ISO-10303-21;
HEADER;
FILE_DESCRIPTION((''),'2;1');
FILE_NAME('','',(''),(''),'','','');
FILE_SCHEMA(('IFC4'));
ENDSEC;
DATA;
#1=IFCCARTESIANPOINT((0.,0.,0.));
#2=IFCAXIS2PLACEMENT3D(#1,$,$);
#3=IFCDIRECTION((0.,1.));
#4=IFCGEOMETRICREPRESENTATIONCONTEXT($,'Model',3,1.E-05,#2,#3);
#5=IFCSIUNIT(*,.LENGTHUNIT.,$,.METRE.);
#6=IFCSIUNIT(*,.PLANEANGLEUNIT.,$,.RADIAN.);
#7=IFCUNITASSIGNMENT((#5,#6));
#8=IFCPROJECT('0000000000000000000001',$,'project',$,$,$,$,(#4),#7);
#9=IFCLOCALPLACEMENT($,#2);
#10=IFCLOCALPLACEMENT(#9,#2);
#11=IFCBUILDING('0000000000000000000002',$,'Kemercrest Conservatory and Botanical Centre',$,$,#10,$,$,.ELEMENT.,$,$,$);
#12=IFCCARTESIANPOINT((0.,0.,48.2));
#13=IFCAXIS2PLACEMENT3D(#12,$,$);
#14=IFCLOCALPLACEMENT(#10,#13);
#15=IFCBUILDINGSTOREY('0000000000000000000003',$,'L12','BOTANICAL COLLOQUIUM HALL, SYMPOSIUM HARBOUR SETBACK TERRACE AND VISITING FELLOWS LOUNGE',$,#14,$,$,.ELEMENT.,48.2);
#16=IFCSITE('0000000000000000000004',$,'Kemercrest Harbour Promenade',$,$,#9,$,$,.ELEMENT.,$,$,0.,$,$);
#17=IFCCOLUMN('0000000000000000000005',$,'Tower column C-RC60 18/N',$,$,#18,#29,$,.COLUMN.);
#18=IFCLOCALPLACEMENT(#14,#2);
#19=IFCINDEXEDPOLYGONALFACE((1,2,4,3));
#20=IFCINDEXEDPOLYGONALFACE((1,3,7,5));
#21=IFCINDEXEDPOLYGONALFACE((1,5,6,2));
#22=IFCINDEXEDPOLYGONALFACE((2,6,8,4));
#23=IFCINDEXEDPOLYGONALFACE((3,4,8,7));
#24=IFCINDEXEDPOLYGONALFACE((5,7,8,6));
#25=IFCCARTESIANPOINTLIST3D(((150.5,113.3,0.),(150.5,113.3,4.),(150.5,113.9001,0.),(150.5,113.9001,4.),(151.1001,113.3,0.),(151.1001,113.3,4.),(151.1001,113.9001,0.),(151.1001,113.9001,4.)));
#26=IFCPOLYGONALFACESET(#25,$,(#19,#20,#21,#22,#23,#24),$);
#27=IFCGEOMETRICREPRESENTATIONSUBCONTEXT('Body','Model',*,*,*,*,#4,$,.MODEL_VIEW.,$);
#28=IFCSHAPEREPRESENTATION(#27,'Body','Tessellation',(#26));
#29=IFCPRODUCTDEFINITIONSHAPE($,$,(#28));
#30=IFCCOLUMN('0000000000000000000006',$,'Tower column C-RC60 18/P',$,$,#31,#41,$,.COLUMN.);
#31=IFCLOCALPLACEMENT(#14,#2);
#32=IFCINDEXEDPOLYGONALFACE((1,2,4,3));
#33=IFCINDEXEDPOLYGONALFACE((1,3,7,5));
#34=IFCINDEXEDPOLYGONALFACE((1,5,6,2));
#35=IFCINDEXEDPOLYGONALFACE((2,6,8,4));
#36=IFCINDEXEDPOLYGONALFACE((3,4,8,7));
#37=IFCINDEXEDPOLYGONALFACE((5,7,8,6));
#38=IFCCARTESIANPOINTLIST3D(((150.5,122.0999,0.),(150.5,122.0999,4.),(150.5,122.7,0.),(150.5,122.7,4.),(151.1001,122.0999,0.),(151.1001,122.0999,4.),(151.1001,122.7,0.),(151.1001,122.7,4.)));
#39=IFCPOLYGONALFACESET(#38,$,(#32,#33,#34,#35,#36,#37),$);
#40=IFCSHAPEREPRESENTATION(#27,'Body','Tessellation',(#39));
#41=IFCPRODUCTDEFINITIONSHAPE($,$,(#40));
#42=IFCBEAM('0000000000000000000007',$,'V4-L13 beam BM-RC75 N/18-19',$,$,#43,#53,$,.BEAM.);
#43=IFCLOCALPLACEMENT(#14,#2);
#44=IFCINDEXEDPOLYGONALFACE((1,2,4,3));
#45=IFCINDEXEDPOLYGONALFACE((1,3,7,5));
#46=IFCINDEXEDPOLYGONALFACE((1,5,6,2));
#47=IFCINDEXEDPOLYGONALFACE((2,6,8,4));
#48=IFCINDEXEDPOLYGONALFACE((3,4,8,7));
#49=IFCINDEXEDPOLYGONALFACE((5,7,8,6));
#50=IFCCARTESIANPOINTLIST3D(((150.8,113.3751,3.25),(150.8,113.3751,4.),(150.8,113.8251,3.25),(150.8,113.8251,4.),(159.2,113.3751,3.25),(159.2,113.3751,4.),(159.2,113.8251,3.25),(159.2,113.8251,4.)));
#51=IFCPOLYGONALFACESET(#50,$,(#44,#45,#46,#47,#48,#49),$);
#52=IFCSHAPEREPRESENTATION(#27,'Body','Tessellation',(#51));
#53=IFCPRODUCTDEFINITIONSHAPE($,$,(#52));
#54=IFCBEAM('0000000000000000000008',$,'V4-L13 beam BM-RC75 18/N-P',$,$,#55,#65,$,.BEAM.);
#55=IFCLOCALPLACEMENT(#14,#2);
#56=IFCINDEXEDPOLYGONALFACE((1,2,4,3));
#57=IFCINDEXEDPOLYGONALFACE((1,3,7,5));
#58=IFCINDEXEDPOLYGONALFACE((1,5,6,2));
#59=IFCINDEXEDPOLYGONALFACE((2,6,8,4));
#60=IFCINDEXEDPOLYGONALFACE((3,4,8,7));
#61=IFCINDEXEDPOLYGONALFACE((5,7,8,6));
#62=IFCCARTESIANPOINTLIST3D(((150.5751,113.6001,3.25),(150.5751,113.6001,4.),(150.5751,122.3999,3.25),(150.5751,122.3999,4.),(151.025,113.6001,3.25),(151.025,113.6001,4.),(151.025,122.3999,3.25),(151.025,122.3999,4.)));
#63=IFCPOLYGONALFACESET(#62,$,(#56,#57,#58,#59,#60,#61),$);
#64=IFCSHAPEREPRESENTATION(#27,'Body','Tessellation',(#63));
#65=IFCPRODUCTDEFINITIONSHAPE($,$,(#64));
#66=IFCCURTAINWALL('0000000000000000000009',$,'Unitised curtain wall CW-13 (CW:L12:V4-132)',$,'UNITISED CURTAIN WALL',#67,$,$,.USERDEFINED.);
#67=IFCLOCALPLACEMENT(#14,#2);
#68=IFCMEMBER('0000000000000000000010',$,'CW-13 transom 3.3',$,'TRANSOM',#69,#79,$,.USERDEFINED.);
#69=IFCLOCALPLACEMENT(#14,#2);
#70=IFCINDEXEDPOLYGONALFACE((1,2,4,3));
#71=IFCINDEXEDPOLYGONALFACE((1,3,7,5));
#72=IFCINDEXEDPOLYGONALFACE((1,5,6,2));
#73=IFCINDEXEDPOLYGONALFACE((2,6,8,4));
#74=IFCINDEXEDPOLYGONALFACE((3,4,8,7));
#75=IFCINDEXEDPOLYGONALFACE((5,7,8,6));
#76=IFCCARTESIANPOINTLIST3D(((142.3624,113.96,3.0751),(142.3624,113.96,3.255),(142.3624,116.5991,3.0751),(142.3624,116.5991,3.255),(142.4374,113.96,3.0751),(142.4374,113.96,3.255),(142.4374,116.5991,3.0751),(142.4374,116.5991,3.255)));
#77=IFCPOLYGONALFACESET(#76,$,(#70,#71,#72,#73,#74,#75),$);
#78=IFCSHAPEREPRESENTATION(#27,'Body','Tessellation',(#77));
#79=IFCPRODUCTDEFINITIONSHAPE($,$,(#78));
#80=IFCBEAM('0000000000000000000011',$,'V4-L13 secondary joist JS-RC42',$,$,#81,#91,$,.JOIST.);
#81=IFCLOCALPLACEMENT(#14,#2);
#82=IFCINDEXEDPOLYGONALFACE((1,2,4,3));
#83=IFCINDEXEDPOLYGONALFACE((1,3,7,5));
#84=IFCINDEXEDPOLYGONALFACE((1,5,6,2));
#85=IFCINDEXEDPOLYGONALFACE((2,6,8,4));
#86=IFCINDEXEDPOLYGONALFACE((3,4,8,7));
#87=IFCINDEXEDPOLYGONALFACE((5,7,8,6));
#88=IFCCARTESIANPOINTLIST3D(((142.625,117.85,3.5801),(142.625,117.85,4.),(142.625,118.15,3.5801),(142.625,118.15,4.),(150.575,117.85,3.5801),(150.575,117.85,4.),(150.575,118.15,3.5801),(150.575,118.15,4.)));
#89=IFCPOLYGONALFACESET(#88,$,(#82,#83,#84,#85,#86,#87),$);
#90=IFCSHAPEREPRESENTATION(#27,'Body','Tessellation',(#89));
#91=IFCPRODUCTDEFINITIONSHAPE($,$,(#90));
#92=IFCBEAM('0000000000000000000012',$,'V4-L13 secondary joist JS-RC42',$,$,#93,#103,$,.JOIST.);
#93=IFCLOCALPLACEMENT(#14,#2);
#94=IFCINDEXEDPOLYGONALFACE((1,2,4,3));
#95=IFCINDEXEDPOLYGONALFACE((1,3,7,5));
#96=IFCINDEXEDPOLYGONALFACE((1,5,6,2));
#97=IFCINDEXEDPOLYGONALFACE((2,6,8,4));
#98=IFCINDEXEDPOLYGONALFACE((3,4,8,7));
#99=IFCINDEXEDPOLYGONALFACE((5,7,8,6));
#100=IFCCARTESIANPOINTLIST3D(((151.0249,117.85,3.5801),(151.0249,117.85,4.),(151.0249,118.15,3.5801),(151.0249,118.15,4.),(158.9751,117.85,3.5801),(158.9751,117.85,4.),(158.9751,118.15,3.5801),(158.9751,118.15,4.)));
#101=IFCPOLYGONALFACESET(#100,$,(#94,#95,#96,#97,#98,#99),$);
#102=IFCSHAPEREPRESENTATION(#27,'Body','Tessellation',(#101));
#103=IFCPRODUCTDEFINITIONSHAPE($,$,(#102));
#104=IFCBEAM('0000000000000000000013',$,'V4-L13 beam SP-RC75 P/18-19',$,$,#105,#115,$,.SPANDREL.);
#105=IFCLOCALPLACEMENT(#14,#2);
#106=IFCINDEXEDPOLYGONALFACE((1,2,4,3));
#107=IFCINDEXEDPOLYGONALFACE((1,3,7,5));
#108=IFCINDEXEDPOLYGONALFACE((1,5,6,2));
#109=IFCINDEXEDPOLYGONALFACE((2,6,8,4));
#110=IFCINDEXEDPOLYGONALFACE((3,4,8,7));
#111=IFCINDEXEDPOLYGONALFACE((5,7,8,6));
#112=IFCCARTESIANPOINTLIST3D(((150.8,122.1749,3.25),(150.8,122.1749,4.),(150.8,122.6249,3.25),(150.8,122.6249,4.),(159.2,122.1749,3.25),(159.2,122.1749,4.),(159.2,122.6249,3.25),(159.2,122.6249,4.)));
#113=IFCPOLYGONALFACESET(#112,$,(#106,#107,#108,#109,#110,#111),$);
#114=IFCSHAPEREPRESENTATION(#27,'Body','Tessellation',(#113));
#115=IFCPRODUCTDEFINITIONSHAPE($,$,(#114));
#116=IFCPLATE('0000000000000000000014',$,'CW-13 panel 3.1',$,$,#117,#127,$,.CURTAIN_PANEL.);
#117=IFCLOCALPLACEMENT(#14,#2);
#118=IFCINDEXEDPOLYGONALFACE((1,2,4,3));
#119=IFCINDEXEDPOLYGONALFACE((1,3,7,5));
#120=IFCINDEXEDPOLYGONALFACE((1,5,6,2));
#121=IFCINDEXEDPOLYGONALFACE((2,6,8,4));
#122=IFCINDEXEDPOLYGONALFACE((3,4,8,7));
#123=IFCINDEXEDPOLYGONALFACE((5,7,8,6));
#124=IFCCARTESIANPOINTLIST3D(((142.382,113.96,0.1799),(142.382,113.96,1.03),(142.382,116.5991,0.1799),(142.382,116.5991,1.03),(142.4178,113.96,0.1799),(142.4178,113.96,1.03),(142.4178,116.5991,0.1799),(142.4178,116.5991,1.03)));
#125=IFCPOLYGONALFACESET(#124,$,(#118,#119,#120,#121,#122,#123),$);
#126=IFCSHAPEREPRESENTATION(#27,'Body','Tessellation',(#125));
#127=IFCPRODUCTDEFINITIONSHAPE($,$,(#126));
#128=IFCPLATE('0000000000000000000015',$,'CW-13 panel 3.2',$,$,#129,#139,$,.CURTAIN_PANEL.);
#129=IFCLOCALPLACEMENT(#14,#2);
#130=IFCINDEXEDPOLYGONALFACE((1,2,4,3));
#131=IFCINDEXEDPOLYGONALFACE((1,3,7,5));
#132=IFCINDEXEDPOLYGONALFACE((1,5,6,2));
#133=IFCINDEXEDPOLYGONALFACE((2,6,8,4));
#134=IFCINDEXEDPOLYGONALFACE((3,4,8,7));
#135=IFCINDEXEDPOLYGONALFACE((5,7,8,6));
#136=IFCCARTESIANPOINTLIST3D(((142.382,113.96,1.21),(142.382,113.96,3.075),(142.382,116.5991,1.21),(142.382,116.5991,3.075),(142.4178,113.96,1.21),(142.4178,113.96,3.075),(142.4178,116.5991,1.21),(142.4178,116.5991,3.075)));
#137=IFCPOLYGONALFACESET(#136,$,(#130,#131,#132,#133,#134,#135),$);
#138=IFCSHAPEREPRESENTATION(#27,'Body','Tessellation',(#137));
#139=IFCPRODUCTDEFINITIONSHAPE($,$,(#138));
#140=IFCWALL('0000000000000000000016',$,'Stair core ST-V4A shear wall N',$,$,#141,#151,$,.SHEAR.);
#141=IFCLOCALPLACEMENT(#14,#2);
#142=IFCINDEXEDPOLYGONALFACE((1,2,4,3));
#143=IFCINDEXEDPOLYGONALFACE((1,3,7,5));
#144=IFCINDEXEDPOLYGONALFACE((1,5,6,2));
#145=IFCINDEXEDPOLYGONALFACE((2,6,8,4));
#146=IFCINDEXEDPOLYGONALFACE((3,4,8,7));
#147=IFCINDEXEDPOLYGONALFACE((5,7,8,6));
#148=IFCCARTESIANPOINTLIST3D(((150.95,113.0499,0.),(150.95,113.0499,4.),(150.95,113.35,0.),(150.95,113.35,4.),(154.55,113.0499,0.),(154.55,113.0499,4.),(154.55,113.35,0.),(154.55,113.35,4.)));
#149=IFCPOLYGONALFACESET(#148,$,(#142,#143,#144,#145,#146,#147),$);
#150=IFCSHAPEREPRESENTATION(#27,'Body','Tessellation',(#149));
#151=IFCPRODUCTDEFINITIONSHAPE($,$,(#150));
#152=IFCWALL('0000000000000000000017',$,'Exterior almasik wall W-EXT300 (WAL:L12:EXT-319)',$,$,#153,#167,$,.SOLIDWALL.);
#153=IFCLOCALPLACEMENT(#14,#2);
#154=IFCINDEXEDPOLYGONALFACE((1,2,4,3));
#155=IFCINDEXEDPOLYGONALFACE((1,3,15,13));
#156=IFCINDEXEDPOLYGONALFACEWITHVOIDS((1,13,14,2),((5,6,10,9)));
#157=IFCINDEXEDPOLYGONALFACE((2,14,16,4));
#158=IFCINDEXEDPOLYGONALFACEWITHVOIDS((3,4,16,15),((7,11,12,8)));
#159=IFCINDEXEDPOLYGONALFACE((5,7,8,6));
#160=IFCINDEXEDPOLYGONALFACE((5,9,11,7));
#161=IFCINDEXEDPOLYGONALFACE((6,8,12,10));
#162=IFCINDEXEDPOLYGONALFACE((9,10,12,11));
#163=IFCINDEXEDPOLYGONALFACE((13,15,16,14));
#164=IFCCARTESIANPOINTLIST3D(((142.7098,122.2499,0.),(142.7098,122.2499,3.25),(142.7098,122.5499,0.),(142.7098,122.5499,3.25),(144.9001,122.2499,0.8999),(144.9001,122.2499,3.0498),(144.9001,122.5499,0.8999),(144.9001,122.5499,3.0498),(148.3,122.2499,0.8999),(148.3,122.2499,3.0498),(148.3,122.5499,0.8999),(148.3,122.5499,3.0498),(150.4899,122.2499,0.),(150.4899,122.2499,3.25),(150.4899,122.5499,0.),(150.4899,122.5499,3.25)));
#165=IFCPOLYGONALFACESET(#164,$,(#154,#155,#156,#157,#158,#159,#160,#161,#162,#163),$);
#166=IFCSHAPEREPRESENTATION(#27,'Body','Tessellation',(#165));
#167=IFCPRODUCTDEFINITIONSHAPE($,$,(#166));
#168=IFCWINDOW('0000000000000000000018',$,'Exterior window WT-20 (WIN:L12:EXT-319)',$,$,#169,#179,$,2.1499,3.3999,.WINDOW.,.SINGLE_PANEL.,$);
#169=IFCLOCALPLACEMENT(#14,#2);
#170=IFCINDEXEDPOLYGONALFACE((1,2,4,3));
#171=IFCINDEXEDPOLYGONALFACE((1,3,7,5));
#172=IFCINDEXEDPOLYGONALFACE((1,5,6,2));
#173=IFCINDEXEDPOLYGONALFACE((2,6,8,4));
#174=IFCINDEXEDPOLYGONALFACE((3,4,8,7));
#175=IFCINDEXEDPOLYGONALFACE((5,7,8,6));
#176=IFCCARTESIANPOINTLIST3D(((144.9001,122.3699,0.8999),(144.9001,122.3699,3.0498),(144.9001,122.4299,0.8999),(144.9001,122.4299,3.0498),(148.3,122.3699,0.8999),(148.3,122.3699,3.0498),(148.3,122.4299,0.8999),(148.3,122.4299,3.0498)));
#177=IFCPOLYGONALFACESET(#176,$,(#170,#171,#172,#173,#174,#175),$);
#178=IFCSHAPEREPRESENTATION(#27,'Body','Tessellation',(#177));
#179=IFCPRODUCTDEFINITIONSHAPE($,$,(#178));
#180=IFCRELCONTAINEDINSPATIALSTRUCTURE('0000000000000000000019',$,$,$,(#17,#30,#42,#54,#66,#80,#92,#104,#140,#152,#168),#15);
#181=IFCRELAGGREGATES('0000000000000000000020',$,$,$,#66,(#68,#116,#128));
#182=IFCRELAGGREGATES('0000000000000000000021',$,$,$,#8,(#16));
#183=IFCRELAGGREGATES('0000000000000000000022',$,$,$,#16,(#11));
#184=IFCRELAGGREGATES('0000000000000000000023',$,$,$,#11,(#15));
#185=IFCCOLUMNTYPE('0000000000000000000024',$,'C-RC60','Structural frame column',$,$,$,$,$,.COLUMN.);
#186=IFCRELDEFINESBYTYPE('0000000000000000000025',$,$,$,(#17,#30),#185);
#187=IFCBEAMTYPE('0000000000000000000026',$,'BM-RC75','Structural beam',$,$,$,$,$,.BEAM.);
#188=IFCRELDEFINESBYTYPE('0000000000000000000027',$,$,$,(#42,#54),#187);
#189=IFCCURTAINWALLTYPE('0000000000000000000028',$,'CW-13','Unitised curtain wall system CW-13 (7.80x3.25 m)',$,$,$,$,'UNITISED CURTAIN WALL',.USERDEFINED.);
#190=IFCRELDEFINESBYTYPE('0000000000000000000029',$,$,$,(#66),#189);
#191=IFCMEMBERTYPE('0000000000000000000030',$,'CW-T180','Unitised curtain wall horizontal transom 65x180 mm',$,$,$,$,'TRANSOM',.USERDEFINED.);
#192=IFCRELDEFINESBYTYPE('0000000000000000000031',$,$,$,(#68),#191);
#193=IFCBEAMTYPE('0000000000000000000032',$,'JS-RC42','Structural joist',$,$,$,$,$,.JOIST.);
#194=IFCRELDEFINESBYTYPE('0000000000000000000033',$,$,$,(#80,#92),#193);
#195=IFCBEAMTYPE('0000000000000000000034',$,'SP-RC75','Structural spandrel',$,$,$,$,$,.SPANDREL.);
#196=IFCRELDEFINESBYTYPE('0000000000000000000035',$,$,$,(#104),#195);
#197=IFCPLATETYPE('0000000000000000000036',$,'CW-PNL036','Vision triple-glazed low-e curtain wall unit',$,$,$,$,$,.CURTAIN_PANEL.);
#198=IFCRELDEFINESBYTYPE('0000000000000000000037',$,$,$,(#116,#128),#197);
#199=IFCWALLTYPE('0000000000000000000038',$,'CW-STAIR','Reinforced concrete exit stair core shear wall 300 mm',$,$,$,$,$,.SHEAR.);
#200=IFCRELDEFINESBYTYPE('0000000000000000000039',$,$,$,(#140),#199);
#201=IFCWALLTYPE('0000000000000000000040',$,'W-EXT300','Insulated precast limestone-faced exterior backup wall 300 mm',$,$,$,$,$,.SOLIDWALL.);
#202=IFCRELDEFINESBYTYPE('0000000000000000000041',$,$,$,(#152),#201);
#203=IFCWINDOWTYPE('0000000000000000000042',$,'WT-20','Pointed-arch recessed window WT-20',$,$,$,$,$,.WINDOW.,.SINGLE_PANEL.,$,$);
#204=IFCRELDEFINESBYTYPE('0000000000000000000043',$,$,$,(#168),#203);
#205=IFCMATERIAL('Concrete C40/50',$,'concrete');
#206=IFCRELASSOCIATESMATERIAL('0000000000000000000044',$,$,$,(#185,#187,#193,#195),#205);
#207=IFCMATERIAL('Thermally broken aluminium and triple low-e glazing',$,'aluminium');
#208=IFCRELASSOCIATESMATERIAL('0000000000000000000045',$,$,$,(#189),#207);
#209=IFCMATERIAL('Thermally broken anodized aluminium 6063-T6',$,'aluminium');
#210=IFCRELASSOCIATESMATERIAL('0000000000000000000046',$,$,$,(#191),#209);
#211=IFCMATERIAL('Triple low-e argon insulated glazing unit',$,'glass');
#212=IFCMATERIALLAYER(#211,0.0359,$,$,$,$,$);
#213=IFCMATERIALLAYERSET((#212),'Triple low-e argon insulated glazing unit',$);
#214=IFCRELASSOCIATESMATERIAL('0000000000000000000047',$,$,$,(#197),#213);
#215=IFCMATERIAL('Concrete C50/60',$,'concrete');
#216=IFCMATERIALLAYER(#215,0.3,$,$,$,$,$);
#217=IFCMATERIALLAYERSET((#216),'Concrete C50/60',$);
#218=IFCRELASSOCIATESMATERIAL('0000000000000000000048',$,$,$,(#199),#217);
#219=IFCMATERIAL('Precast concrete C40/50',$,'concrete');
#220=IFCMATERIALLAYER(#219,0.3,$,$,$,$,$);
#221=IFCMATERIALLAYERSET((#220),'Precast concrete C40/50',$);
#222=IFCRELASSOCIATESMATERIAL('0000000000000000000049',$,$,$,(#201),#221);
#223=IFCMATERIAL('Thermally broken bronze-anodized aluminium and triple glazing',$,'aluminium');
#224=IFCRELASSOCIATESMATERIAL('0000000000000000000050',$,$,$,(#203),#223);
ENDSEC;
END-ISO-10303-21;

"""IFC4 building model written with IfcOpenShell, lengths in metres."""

from ifc_helpers import new_model, si_unit, direction, frame, frame_2d, origin, origin_2d, place, context, subcontext, project, spatial, rectangle, extrude, material, layer, layer_set, material_profile, profile_set, type_object, element, fill, aggregate, save


model = new_model("IFC4")

# Units and contexts
model_context = context("Model", 3, precision=1e-05, world=origin(), true_north=direction((0.0, 1.0)))
body_context = subcontext(model_context, "Body", "Model", "MODEL_VIEW")
ifc_project = project(units=[si_unit("LENGTHUNIT", "METRE"), si_unit("PLANEANGLEUNIT", "RADIAN")], contexts=[model_context])

# Site, building, storey
site_placement = place(None, origin())
site = spatial("IfcSite", under=ifc_project, at=site_placement, Name="Kemercrest Harbour Promenade", CompositionType="ELEMENT", RefElevation=0.0)
building_placement = place(site_placement, origin())
building = spatial("IfcBuilding", under=site, at=building_placement, Name="Kemercrest Conservatory and Botanical Centre", CompositionType="ELEMENT")
storey_placement = place(building_placement, frame((0.0, 0.0, 48.2)))
storey = spatial("IfcBuildingStorey", under=building, at=storey_placement, Name="L12", Description="BOTANICAL COLLOQUIUM HALL, SYMPOSIUM HARBOUR SETBACK TERRACE AND VISITING FELLOWS LOUNGE", CompositionType="ELEMENT", Elevation=48.2)

# Columns
ifc_material_1 = material(Name="Concrete C40/50", Category="concrete")
ifc_material_profile_1 = material_profile(ifc_material_1, rectangle(XDim=0.6001, YDim=0.6001, at=origin_2d()), Name="RC 600x600")
ifc_profile_set_1 = profile_set([ifc_material_profile_1], Name="Concrete C40/50")
column_type = type_object("IfcColumnType", Name="C-RC60", Description="Structural frame column", PredefinedType="COLUMN", material=ifc_profile_set_1)
for number, where, z_axis, x_axis, name in (
    (1, (150.8, 113.6001, 0.0), (0.0, 0.0, 1.0), (1.0, 0.0, 0.0), "Tower column C-RC60 18/N"),
    (2, (150.8, 122.3999, 0.0), (0.0, 0.0, 1.0), (1.0, 0.0, 0.0), "Tower column C-RC60 18/P"),
):
    element("IfcColumn", number, at=place(storey_placement, frame(where, z_axis=z_axis, x_axis=x_axis)), inside=storey, type_object=column_type, Name=name, PredefinedType="COLUMN", context=body_context, shape_type="SweptSolid", body=[
        extrude(rectangle(XDim=0.6001, YDim=0.6001, at=origin_2d()), origin(), (0.0, 0.0, 1.0), 4.0),
    ])

# Beams
ifc_material_profile_2 = material_profile(ifc_material_1, rectangle(XDim=0.45, YDim=0.75, at=origin_2d()), Name="RC 450x750")
ifc_profile_set_2 = profile_set([ifc_material_profile_2], Name="Concrete C40/50")
beam_type_1 = type_object("IfcBeamType", Name="BM-RC75", Description="Structural beam", PredefinedType="BEAM", material=ifc_profile_set_2)
beam_1_placement = place(storey_placement, frame((150.8, 113.6001, 3.625), z_axis=(1.0, 0.0, 0.0), x_axis=(0.0, 1.0, 0.0)))
element("IfcBeam", 3, at=beam_1_placement, inside=storey, type_object=beam_type_1, Name="V4-L13 beam BM-RC75 N/18-19", PredefinedType="BEAM", context=body_context, shape_type="SweptSolid", body=[
    extrude(rectangle(XDim=0.45, YDim=0.75, at=origin_2d()), origin(), (0.0, 0.0, 1.0), 8.3999),
])
beam_2_placement = place(storey_placement, frame((150.8, 113.6001, 3.625), z_axis=(0.0, 1.0, 0.0), x_axis=(-1.0, 0.0, 0.0)))
element("IfcBeam", 4, at=beam_2_placement, inside=storey, type_object=beam_type_1, Name="V4-L13 beam BM-RC75 18/N-P", PredefinedType="BEAM", context=body_context, shape_type="SweptSolid", body=[
    extrude(rectangle(XDim=0.45, YDim=0.75, at=origin_2d()), origin(), (0.0, 0.0, 1.0), 8.7998),
])

# Curtain wall, member
ifc_material_2 = material(Name="Thermally broken aluminium and triple low-e glazing", Category="aluminium")
curtain_wall_type = type_object("IfcCurtainWallType", Name="CW-13", Description="Unitised curtain wall system CW-13 (7.80x3.25 m)", ElementType="UNITISED CURTAIN WALL", PredefinedType="USERDEFINED", material=ifc_material_2)
curtain_wall_placement = place(storey_placement, origin())
curtain_wall = element("IfcCurtainWall", 5, at=curtain_wall_placement, inside=storey, type_object=curtain_wall_type, Name="Unitised curtain wall CW-13 (CW:L12:V4-132)", ObjectType="UNITISED CURTAIN WALL", PredefinedType="USERDEFINED")
ifc_material_3 = material(Name="Thermally broken anodized aluminium 6063-T6", Category="aluminium")
ifc_material_profile_3 = material_profile(ifc_material_3, rectangle(XDim=0.075, YDim=0.1799, at=origin_2d()), Name="AL TRANSOM 75x180")
ifc_profile_set_3 = profile_set([ifc_material_profile_3], Name="Thermally broken anodized aluminium 6063-T6")
member_type = type_object("IfcMemberType", Name="CW-T180", Description="Unitised curtain wall horizontal transom 65x180 mm", ElementType="TRANSOM", PredefinedType="USERDEFINED", material=ifc_profile_set_3)
member_placement = place(storey_placement, frame((142.3999, 116.5991, 3.165), z_axis=(0.0, -1.0, 0.0), x_axis=(1.0, 0.0, 0.0)))
member = element("IfcMember", 6, at=member_placement, type_object=member_type, Name="CW-13 transom 3.3", ObjectType="TRANSOM", PredefinedType="USERDEFINED", context=body_context, shape_type="SweptSolid", body=[
    extrude(rectangle(XDim=0.075, YDim=0.1799, at=origin_2d()), origin(), (0.0, 0.0, 1.0), 2.6392),
])

# Beams
ifc_material_profile_4 = material_profile(ifc_material_1, rectangle(XDim=0.3, YDim=0.4199, at=origin_2d()), Name="RC 300x420")
ifc_profile_set_4 = profile_set([ifc_material_profile_4], Name="Concrete C40/50")
beam_type_2 = type_object("IfcBeamType", Name="JS-RC42", Description="Structural joist", PredefinedType="JOIST", material=ifc_profile_set_4)
beam_3_placement = place(storey_placement, frame((142.625, 118.0, 3.79), z_axis=(1.0, 0.0, 0.0), x_axis=(0.0, 1.0, 0.0)))
element("IfcBeam", 7, at=beam_3_placement, inside=storey, type_object=beam_type_2, Name="V4-L13 secondary joist JS-RC42", PredefinedType="JOIST", context=body_context, shape_type="SweptSolid", body=[
    extrude(rectangle(XDim=0.3, YDim=0.4199, at=origin_2d()), origin(), (0.0, 0.0, 1.0), 7.95),
])
beam_4_placement = place(storey_placement, frame((151.0249, 118.0, 3.79), z_axis=(1.0, 0.0, 0.0), x_axis=(0.0, 1.0, 0.0)))
element("IfcBeam", 8, at=beam_4_placement, inside=storey, type_object=beam_type_2, Name="V4-L13 secondary joist JS-RC42", PredefinedType="JOIST", context=body_context, shape_type="SweptSolid", body=[
    extrude(rectangle(XDim=0.3, YDim=0.4199, at=origin_2d()), origin(), (0.0, 0.0, 1.0), 7.9502),
])
ifc_material_profile_5 = material_profile(ifc_material_1, rectangle(XDim=0.45, YDim=0.75, at=origin_2d()), Name="RC 450x750")
ifc_profile_set_5 = profile_set([ifc_material_profile_5], Name="Concrete C40/50")
beam_type_3 = type_object("IfcBeamType", Name="SP-RC75", Description="Structural spandrel", PredefinedType="SPANDREL", material=ifc_profile_set_5)
beam_5_placement = place(storey_placement, frame((150.8, 122.3999, 3.625), z_axis=(1.0, 0.0, 0.0), x_axis=(0.0, 1.0, 0.0)))
element("IfcBeam", 9, at=beam_5_placement, inside=storey, type_object=beam_type_3, Name="V4-L13 beam SP-RC75 P/18-19", PredefinedType="SPANDREL", context=body_context, shape_type="SweptSolid", body=[
    extrude(rectangle(XDim=0.45, YDim=0.75, at=origin_2d()), origin(), (0.0, 0.0, 1.0), 8.3999),
])

# Plates
ifc_material_4 = material(Name="Triple low-e argon insulated glazing unit", Category="glass")
ifc_layer_1 = layer(ifc_material_4, 0.0359)
ifc_layer_set_1 = layer_set([ifc_layer_1], Name="Triple low-e argon insulated glazing unit")
plate_type = type_object("IfcPlateType", Name="CW-PNL036", Description="Vision triple-glazed low-e curtain wall unit", PredefinedType="CURTAIN_PANEL", material=ifc_layer_set_1)
plate_1_placement = place(storey_placement, frame((142.3999, 115.2795, 0.1799), z_axis=(0.0, 0.0, 1.0), x_axis=(0.0, -1.0, 0.0)))
plate_1 = element("IfcPlate", 10, at=plate_1_placement, type_object=plate_type, Name="CW-13 panel 3.1", PredefinedType="CURTAIN_PANEL", context=body_context, shape_type="SweptSolid", body=[
    extrude(rectangle(XDim=2.6392, YDim=0.0359, at=origin_2d()), origin(), (0.0, 0.0, 1.0), 0.8501),
])
plate_2_placement = place(storey_placement, frame((142.3999, 115.2795, 1.21), z_axis=(0.0, 0.0, 1.0), x_axis=(0.0, -1.0, 0.0)))
plate_2 = element("IfcPlate", 11, at=plate_2_placement, type_object=plate_type, Name="CW-13 panel 3.2", PredefinedType="CURTAIN_PANEL", context=body_context, shape_type="SweptSolid", body=[
    extrude(rectangle(XDim=2.6392, YDim=0.0359, at=origin_2d()), origin(), (0.0, 0.0, 1.0), 1.865),
])
aggregate(curtain_wall, [member, plate_1, plate_2])

# Wall
ifc_material_5 = material(Name="Concrete C50/60", Category="concrete")
ifc_layer_2 = layer(ifc_material_5, 0.3)
ifc_layer_set_2 = layer_set([ifc_layer_2], Name="Concrete C50/60")
wall_type_1 = type_object("IfcWallType", Name="CW-STAIR", Description="Reinforced concrete exit stair core shear wall 300 mm", PredefinedType="SHEAR", material=ifc_layer_set_2)
wall_1_placement = place(storey_placement, frame((150.95, 113.2, 0.0), z_axis=(0.0, 0.0, 1.0), x_axis=(1.0, 0.0, 0.0)))
element("IfcWall", 12, at=wall_1_placement, inside=storey, type_object=wall_type_1, Name="Stair core ST-V4A shear wall N", PredefinedType="SHEAR", context=body_context, shape_type="SweptSolid", body=[
    extrude(rectangle(XDim=3.6001, YDim=0.3, at=frame_2d((1.8, 0.0))), origin(), (0.0, 0.0, 1.0), 4.0),
])

# Wall, opening, window
ifc_material_6 = material(Name="Precast concrete C40/50", Category="concrete")
ifc_layer_3 = layer(ifc_material_6, 0.3)
ifc_layer_set_3 = layer_set([ifc_layer_3], Name="Precast concrete C40/50")
wall_type_2 = type_object("IfcWallType", Name="W-EXT300", Description="Insulated precast limestone-faced exterior backup wall 300 mm", PredefinedType="SOLIDWALL", material=ifc_layer_set_3)
wall_2_placement = place(storey_placement, frame((150.49, 122.3999, 0.0), z_axis=(0.0, 0.0, 1.0), x_axis=(-1.0, 0.0, 0.0)))
wall_2 = element("IfcWall", 13, at=wall_2_placement, inside=storey, type_object=wall_type_2, Name="Exterior almasik wall W-EXT300 (WAL:L12:EXT-319)", PredefinedType="SOLIDWALL", context=body_context, shape_type="SweptSolid", body=[
    extrude(rectangle(XDim=7.78, YDim=0.3, at=frame_2d((3.8901, 0.0))), origin(), (0.0, 0.0, 1.0), 3.25),
])
opening_1_placement = place(wall_2_placement, frame((2.1899, 0.0, 0.8999)))
opening_1 = element("IfcOpeningElement", 14, at=opening_1_placement, cuts=wall_2, PredefinedType="OPENING", context=body_context, shape_type="SweptSolid", body=[
    extrude(rectangle(XDim=3.3999, YDim=2.1499, at=frame_2d((1.7, 1.075))), frame((0.0, 0.1602, 0.0), z_axis=(0.0, -1.0, 0.0), x_axis=(1.0, 0.0, 0.0)), (0.0, 0.0, 1.0), 0.3201),
])
ifc_material_7 = material(Name="Thermally broken bronze-anodized aluminium and triple glazing", Category="aluminium")
window_type = type_object("IfcWindowType", Name="WT-20", Description="Pointed-arch recessed window WT-20", PartitioningType="SINGLE_PANEL", PredefinedType="WINDOW", material=ifc_material_7)
window_1_placement = place(opening_1_placement, origin())
window_1 = element("IfcWindow", 15, at=window_1_placement, inside=storey, type_object=window_type, Name="Exterior window WT-20 (WIN:L12:EXT-319)", OverallHeight=2.1499, OverallWidth=3.3999, PartitioningType="SINGLE_PANEL", PredefinedType="WINDOW", context=body_context, shape_type="SweptSolid", body=[
    extrude(rectangle(XDim=3.3999, YDim=2.1499, at=frame_2d((1.7, 1.075))), frame((0.0, 0.03, 0.0), z_axis=(0.0, -1.0, 0.0), x_axis=(1.0, 0.0, 0.0)), (0.0, 0.0, 1.0), 0.0601),
])
fill(opening_1, window_1)

save(model, "model.ifc")
